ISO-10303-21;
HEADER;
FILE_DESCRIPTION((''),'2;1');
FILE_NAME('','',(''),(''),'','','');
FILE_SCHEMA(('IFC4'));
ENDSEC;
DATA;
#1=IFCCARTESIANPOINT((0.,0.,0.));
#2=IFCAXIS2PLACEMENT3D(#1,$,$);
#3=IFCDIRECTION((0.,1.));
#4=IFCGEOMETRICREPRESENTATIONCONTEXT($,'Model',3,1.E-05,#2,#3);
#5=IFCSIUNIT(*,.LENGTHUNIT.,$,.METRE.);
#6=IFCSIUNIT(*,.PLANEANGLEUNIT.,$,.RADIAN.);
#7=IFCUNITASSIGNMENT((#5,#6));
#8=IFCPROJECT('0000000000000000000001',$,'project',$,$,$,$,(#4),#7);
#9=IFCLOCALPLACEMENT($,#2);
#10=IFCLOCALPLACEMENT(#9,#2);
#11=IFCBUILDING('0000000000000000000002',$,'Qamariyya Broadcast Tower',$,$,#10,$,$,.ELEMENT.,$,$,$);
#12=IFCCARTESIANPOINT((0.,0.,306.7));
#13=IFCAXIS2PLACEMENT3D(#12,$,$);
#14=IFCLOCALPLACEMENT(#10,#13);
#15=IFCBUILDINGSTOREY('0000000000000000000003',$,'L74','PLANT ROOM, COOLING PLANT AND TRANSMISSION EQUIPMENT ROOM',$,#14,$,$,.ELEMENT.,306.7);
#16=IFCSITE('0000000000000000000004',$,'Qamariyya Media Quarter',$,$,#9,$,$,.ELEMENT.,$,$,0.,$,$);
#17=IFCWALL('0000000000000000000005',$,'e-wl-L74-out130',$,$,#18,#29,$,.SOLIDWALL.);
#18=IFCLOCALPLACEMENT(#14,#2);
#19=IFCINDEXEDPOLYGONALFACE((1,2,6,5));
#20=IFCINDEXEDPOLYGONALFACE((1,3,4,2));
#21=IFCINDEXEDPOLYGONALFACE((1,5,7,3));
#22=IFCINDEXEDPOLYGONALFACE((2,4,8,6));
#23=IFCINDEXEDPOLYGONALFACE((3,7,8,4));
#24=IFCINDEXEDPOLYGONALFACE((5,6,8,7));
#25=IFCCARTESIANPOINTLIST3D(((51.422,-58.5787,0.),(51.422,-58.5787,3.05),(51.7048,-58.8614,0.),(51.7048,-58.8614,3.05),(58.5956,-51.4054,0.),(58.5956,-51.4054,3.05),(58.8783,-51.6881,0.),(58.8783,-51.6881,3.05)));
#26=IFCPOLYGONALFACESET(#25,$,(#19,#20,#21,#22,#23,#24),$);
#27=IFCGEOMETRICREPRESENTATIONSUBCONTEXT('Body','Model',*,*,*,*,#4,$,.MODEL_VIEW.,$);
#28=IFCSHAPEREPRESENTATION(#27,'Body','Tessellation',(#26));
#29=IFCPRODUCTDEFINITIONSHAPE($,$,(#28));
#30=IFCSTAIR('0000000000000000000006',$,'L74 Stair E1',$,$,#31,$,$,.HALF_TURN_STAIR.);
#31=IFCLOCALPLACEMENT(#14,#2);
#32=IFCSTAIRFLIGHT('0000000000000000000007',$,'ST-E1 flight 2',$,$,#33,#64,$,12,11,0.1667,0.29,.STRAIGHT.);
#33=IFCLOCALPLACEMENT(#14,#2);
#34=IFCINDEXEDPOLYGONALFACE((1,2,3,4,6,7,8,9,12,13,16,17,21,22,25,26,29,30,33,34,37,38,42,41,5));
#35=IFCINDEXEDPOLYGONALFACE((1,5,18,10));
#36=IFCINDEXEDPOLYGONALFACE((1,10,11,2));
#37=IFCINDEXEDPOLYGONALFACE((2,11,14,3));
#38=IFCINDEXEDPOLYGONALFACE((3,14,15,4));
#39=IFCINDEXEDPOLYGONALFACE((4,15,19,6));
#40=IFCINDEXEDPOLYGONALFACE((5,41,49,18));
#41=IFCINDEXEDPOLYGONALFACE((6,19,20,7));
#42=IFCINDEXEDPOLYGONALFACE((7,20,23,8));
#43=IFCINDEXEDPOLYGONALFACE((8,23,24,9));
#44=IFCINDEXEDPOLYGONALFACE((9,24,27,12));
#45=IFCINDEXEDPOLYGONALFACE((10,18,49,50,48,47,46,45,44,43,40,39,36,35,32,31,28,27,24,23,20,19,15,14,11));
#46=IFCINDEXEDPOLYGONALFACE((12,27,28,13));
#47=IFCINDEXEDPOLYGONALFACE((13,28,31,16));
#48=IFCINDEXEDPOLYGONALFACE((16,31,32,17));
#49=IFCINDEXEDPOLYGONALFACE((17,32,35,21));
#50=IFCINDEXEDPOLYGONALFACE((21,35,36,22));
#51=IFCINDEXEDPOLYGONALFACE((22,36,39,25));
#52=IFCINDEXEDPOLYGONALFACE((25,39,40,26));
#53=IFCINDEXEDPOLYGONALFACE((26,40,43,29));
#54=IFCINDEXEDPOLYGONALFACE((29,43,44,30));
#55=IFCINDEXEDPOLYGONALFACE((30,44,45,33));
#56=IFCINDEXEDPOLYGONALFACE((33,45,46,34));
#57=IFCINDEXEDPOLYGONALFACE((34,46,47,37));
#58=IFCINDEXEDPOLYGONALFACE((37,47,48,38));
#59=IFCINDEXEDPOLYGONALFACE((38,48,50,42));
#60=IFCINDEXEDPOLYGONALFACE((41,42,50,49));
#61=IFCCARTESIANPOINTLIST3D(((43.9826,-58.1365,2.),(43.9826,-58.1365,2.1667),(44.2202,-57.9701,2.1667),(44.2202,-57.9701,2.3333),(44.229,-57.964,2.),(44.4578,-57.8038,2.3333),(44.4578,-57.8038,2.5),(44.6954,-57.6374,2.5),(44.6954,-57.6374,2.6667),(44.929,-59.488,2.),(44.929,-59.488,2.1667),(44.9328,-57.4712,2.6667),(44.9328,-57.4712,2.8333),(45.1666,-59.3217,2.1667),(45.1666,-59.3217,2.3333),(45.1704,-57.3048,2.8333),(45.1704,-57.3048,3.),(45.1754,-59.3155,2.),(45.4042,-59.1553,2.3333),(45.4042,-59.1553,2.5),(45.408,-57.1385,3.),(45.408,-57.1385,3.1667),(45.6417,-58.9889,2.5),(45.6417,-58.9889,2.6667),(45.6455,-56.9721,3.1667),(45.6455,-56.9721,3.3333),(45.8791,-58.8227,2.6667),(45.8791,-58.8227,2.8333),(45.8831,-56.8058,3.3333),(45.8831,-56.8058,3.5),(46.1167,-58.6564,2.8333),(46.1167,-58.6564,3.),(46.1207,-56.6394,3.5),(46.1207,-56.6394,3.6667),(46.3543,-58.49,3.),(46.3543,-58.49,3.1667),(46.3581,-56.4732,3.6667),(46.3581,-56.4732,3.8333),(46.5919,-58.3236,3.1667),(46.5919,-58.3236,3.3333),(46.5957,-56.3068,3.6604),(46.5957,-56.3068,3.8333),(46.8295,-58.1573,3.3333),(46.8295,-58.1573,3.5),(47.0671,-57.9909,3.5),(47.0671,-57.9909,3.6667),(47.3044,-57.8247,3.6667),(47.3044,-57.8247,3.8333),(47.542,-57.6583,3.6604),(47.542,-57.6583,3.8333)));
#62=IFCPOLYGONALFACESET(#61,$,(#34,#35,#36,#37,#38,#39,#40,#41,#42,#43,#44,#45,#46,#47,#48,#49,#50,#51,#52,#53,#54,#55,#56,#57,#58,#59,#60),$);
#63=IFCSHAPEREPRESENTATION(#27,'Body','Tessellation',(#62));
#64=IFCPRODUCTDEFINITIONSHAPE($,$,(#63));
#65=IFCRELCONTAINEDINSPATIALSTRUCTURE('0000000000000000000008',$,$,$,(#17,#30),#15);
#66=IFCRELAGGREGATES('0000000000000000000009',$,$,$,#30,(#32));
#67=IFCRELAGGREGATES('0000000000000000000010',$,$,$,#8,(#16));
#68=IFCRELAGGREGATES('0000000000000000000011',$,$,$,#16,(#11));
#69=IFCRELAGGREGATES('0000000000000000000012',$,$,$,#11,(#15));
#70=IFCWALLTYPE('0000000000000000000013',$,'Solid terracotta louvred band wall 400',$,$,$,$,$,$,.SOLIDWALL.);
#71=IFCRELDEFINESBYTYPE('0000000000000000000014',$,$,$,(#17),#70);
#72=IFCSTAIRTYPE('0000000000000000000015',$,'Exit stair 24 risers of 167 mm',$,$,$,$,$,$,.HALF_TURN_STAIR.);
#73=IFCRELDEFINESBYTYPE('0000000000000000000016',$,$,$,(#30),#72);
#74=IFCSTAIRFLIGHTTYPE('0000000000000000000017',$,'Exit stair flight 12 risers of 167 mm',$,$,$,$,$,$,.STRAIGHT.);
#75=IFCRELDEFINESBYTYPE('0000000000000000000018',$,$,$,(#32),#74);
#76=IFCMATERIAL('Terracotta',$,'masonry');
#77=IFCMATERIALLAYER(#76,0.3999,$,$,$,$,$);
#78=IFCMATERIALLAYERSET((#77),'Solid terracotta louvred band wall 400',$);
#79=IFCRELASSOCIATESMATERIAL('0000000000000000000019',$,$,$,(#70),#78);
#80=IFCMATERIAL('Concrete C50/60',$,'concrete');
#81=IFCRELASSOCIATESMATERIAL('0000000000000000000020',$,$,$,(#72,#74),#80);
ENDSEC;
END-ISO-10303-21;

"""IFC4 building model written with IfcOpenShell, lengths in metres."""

from ifc_helpers import new_model, si_unit, direction, frame, frame_2d, origin, place, context, subcontext, project, spatial, polyline, rectangle, outline, extrude, material, layer, layer_set, type_object, element, aggregate, save


model = new_model("IFC4")

# Units and contexts
model_context = context("Model", 3, precision=1e-05, world=origin(), true_north=direction((0.0, 1.0)))
body_context = subcontext(model_context, "Body", "Model", "MODEL_VIEW")
ifc_project = project(units=[si_unit("LENGTHUNIT", "METRE"), si_unit("PLANEANGLEUNIT", "RADIAN")], contexts=[model_context])

# Site, building, storey
site_placement = place(None, origin())
site = spatial("IfcSite", under=ifc_project, at=site_placement, Name="Qamariyya Media Quarter", CompositionType="ELEMENT", RefElevation=0.0)
building_placement = place(site_placement, origin())
building = spatial("IfcBuilding", under=site, at=building_placement, Name="Qamariyya Broadcast Tower", CompositionType="ELEMENT")
storey_placement = place(building_placement, frame((0.0, 0.0, 306.7)))
storey = spatial("IfcBuildingStorey", under=building, at=storey_placement, Name="L74", Description="PLANT ROOM, COOLING PLANT AND TRANSMISSION EQUIPMENT ROOM", CompositionType="ELEMENT", Elevation=306.7)

# Shared definitions
ifc_material_1 = material(Name="Concrete C50/60", Category="concrete")

# Wall
ifc_material_2 = material(Name="Terracotta", Category="masonry")
ifc_layer_1 = layer(ifc_material_2, 0.3999)
ifc_layer_set_1 = layer_set([ifc_layer_1], Name="Solid terracotta louvred band wall 400")
wall_type_1 = type_object("IfcWallType", Name="Solid terracotta louvred band wall 400", PredefinedType="SOLIDWALL", material=ifc_layer_set_1)
wall_1_placement = place(storey_placement, frame((51.5635, -58.72, 0.0), z_axis=(0.0, 0.0, 1.0), x_axis=(0.707119, 0.707095, 0.0)))
element("IfcWall", 1, at=wall_1_placement, inside=storey, type_object=wall_type_1, Name="e-wl-L74-out130", PredefinedType="SOLIDWALL", context=body_context, shape_type="SweptSolid", body=[
    extrude(rectangle(XDim=10.1448, YDim=0.3999, at=frame_2d((5.0723, 0.0))), origin(), (0.0, 0.0, 1.0), 3.05),
])

# Stair, stair flight
stair_type = type_object("IfcStairType", Name="Exit stair 24 risers of 167 mm", PredefinedType="HALF_TURN_STAIR", material=ifc_material_1)
stair_placement = place(storey_placement, origin())
stair = element("IfcStair", 2, at=stair_placement, inside=storey, type_object=stair_type, Name="L74 Stair E1", PredefinedType="HALF_TURN_STAIR")
stair_flight_type = type_object("IfcStairFlightType", Name="Exit stair flight 12 risers of 167 mm", PredefinedType="STRAIGHT", material=ifc_material_1)
stair_flight_placement = place(storey_placement, frame((44.4558, -58.8123, 2.0), z_axis=(0.0, 0.0, 1.0), x_axis=(0.819152, 0.573576, 0.0)))
stair_flight = element("IfcStairFlight", 3, at=stair_flight_placement, type_object=stair_flight_type, Name="ST-E1 flight 2", NumberOfRisers=12, NumberOfTreads=11, PredefinedType="STRAIGHT", RiserHeight=0.1667, TreadLength=0.29, context=body_context, shape_type="SweptSolid", body=[
    extrude(outline(polyline([(0.0, 0.0), (0.0, 0.1667), (0.29, 0.1667), (0.29, 0.3333), (0.5801, 0.3333), (0.5801, 0.5), (0.8701, 0.5), (0.8701, 0.6667), (1.1599, 0.6667), (1.1599, 0.8333), (1.45, 0.8333), (1.45, 1.0), (1.74, 1.0), (1.74, 1.1667), (2.03, 1.1667), (2.03, 1.3333), (2.3201, 1.3333), (2.3201, 1.5), (2.6101, 1.5), (2.6101, 1.6667), (2.8999, 1.6667), (2.8999, 1.8333), (3.1899, 1.8333), (3.1899, 2.0), (3.1899, 1.6604), (0.3008, 0.0), (0.0, 0.0)])), frame((0.0, 0.825, 0.0), z_axis=(0.0, -1.0, 0.0), x_axis=(1.0, 0.0, 0.0)), (0.0, 0.0, 1.0), 1.6499),
])
aggregate(stair, [stair_flight])

save(model, "model.ifc")
